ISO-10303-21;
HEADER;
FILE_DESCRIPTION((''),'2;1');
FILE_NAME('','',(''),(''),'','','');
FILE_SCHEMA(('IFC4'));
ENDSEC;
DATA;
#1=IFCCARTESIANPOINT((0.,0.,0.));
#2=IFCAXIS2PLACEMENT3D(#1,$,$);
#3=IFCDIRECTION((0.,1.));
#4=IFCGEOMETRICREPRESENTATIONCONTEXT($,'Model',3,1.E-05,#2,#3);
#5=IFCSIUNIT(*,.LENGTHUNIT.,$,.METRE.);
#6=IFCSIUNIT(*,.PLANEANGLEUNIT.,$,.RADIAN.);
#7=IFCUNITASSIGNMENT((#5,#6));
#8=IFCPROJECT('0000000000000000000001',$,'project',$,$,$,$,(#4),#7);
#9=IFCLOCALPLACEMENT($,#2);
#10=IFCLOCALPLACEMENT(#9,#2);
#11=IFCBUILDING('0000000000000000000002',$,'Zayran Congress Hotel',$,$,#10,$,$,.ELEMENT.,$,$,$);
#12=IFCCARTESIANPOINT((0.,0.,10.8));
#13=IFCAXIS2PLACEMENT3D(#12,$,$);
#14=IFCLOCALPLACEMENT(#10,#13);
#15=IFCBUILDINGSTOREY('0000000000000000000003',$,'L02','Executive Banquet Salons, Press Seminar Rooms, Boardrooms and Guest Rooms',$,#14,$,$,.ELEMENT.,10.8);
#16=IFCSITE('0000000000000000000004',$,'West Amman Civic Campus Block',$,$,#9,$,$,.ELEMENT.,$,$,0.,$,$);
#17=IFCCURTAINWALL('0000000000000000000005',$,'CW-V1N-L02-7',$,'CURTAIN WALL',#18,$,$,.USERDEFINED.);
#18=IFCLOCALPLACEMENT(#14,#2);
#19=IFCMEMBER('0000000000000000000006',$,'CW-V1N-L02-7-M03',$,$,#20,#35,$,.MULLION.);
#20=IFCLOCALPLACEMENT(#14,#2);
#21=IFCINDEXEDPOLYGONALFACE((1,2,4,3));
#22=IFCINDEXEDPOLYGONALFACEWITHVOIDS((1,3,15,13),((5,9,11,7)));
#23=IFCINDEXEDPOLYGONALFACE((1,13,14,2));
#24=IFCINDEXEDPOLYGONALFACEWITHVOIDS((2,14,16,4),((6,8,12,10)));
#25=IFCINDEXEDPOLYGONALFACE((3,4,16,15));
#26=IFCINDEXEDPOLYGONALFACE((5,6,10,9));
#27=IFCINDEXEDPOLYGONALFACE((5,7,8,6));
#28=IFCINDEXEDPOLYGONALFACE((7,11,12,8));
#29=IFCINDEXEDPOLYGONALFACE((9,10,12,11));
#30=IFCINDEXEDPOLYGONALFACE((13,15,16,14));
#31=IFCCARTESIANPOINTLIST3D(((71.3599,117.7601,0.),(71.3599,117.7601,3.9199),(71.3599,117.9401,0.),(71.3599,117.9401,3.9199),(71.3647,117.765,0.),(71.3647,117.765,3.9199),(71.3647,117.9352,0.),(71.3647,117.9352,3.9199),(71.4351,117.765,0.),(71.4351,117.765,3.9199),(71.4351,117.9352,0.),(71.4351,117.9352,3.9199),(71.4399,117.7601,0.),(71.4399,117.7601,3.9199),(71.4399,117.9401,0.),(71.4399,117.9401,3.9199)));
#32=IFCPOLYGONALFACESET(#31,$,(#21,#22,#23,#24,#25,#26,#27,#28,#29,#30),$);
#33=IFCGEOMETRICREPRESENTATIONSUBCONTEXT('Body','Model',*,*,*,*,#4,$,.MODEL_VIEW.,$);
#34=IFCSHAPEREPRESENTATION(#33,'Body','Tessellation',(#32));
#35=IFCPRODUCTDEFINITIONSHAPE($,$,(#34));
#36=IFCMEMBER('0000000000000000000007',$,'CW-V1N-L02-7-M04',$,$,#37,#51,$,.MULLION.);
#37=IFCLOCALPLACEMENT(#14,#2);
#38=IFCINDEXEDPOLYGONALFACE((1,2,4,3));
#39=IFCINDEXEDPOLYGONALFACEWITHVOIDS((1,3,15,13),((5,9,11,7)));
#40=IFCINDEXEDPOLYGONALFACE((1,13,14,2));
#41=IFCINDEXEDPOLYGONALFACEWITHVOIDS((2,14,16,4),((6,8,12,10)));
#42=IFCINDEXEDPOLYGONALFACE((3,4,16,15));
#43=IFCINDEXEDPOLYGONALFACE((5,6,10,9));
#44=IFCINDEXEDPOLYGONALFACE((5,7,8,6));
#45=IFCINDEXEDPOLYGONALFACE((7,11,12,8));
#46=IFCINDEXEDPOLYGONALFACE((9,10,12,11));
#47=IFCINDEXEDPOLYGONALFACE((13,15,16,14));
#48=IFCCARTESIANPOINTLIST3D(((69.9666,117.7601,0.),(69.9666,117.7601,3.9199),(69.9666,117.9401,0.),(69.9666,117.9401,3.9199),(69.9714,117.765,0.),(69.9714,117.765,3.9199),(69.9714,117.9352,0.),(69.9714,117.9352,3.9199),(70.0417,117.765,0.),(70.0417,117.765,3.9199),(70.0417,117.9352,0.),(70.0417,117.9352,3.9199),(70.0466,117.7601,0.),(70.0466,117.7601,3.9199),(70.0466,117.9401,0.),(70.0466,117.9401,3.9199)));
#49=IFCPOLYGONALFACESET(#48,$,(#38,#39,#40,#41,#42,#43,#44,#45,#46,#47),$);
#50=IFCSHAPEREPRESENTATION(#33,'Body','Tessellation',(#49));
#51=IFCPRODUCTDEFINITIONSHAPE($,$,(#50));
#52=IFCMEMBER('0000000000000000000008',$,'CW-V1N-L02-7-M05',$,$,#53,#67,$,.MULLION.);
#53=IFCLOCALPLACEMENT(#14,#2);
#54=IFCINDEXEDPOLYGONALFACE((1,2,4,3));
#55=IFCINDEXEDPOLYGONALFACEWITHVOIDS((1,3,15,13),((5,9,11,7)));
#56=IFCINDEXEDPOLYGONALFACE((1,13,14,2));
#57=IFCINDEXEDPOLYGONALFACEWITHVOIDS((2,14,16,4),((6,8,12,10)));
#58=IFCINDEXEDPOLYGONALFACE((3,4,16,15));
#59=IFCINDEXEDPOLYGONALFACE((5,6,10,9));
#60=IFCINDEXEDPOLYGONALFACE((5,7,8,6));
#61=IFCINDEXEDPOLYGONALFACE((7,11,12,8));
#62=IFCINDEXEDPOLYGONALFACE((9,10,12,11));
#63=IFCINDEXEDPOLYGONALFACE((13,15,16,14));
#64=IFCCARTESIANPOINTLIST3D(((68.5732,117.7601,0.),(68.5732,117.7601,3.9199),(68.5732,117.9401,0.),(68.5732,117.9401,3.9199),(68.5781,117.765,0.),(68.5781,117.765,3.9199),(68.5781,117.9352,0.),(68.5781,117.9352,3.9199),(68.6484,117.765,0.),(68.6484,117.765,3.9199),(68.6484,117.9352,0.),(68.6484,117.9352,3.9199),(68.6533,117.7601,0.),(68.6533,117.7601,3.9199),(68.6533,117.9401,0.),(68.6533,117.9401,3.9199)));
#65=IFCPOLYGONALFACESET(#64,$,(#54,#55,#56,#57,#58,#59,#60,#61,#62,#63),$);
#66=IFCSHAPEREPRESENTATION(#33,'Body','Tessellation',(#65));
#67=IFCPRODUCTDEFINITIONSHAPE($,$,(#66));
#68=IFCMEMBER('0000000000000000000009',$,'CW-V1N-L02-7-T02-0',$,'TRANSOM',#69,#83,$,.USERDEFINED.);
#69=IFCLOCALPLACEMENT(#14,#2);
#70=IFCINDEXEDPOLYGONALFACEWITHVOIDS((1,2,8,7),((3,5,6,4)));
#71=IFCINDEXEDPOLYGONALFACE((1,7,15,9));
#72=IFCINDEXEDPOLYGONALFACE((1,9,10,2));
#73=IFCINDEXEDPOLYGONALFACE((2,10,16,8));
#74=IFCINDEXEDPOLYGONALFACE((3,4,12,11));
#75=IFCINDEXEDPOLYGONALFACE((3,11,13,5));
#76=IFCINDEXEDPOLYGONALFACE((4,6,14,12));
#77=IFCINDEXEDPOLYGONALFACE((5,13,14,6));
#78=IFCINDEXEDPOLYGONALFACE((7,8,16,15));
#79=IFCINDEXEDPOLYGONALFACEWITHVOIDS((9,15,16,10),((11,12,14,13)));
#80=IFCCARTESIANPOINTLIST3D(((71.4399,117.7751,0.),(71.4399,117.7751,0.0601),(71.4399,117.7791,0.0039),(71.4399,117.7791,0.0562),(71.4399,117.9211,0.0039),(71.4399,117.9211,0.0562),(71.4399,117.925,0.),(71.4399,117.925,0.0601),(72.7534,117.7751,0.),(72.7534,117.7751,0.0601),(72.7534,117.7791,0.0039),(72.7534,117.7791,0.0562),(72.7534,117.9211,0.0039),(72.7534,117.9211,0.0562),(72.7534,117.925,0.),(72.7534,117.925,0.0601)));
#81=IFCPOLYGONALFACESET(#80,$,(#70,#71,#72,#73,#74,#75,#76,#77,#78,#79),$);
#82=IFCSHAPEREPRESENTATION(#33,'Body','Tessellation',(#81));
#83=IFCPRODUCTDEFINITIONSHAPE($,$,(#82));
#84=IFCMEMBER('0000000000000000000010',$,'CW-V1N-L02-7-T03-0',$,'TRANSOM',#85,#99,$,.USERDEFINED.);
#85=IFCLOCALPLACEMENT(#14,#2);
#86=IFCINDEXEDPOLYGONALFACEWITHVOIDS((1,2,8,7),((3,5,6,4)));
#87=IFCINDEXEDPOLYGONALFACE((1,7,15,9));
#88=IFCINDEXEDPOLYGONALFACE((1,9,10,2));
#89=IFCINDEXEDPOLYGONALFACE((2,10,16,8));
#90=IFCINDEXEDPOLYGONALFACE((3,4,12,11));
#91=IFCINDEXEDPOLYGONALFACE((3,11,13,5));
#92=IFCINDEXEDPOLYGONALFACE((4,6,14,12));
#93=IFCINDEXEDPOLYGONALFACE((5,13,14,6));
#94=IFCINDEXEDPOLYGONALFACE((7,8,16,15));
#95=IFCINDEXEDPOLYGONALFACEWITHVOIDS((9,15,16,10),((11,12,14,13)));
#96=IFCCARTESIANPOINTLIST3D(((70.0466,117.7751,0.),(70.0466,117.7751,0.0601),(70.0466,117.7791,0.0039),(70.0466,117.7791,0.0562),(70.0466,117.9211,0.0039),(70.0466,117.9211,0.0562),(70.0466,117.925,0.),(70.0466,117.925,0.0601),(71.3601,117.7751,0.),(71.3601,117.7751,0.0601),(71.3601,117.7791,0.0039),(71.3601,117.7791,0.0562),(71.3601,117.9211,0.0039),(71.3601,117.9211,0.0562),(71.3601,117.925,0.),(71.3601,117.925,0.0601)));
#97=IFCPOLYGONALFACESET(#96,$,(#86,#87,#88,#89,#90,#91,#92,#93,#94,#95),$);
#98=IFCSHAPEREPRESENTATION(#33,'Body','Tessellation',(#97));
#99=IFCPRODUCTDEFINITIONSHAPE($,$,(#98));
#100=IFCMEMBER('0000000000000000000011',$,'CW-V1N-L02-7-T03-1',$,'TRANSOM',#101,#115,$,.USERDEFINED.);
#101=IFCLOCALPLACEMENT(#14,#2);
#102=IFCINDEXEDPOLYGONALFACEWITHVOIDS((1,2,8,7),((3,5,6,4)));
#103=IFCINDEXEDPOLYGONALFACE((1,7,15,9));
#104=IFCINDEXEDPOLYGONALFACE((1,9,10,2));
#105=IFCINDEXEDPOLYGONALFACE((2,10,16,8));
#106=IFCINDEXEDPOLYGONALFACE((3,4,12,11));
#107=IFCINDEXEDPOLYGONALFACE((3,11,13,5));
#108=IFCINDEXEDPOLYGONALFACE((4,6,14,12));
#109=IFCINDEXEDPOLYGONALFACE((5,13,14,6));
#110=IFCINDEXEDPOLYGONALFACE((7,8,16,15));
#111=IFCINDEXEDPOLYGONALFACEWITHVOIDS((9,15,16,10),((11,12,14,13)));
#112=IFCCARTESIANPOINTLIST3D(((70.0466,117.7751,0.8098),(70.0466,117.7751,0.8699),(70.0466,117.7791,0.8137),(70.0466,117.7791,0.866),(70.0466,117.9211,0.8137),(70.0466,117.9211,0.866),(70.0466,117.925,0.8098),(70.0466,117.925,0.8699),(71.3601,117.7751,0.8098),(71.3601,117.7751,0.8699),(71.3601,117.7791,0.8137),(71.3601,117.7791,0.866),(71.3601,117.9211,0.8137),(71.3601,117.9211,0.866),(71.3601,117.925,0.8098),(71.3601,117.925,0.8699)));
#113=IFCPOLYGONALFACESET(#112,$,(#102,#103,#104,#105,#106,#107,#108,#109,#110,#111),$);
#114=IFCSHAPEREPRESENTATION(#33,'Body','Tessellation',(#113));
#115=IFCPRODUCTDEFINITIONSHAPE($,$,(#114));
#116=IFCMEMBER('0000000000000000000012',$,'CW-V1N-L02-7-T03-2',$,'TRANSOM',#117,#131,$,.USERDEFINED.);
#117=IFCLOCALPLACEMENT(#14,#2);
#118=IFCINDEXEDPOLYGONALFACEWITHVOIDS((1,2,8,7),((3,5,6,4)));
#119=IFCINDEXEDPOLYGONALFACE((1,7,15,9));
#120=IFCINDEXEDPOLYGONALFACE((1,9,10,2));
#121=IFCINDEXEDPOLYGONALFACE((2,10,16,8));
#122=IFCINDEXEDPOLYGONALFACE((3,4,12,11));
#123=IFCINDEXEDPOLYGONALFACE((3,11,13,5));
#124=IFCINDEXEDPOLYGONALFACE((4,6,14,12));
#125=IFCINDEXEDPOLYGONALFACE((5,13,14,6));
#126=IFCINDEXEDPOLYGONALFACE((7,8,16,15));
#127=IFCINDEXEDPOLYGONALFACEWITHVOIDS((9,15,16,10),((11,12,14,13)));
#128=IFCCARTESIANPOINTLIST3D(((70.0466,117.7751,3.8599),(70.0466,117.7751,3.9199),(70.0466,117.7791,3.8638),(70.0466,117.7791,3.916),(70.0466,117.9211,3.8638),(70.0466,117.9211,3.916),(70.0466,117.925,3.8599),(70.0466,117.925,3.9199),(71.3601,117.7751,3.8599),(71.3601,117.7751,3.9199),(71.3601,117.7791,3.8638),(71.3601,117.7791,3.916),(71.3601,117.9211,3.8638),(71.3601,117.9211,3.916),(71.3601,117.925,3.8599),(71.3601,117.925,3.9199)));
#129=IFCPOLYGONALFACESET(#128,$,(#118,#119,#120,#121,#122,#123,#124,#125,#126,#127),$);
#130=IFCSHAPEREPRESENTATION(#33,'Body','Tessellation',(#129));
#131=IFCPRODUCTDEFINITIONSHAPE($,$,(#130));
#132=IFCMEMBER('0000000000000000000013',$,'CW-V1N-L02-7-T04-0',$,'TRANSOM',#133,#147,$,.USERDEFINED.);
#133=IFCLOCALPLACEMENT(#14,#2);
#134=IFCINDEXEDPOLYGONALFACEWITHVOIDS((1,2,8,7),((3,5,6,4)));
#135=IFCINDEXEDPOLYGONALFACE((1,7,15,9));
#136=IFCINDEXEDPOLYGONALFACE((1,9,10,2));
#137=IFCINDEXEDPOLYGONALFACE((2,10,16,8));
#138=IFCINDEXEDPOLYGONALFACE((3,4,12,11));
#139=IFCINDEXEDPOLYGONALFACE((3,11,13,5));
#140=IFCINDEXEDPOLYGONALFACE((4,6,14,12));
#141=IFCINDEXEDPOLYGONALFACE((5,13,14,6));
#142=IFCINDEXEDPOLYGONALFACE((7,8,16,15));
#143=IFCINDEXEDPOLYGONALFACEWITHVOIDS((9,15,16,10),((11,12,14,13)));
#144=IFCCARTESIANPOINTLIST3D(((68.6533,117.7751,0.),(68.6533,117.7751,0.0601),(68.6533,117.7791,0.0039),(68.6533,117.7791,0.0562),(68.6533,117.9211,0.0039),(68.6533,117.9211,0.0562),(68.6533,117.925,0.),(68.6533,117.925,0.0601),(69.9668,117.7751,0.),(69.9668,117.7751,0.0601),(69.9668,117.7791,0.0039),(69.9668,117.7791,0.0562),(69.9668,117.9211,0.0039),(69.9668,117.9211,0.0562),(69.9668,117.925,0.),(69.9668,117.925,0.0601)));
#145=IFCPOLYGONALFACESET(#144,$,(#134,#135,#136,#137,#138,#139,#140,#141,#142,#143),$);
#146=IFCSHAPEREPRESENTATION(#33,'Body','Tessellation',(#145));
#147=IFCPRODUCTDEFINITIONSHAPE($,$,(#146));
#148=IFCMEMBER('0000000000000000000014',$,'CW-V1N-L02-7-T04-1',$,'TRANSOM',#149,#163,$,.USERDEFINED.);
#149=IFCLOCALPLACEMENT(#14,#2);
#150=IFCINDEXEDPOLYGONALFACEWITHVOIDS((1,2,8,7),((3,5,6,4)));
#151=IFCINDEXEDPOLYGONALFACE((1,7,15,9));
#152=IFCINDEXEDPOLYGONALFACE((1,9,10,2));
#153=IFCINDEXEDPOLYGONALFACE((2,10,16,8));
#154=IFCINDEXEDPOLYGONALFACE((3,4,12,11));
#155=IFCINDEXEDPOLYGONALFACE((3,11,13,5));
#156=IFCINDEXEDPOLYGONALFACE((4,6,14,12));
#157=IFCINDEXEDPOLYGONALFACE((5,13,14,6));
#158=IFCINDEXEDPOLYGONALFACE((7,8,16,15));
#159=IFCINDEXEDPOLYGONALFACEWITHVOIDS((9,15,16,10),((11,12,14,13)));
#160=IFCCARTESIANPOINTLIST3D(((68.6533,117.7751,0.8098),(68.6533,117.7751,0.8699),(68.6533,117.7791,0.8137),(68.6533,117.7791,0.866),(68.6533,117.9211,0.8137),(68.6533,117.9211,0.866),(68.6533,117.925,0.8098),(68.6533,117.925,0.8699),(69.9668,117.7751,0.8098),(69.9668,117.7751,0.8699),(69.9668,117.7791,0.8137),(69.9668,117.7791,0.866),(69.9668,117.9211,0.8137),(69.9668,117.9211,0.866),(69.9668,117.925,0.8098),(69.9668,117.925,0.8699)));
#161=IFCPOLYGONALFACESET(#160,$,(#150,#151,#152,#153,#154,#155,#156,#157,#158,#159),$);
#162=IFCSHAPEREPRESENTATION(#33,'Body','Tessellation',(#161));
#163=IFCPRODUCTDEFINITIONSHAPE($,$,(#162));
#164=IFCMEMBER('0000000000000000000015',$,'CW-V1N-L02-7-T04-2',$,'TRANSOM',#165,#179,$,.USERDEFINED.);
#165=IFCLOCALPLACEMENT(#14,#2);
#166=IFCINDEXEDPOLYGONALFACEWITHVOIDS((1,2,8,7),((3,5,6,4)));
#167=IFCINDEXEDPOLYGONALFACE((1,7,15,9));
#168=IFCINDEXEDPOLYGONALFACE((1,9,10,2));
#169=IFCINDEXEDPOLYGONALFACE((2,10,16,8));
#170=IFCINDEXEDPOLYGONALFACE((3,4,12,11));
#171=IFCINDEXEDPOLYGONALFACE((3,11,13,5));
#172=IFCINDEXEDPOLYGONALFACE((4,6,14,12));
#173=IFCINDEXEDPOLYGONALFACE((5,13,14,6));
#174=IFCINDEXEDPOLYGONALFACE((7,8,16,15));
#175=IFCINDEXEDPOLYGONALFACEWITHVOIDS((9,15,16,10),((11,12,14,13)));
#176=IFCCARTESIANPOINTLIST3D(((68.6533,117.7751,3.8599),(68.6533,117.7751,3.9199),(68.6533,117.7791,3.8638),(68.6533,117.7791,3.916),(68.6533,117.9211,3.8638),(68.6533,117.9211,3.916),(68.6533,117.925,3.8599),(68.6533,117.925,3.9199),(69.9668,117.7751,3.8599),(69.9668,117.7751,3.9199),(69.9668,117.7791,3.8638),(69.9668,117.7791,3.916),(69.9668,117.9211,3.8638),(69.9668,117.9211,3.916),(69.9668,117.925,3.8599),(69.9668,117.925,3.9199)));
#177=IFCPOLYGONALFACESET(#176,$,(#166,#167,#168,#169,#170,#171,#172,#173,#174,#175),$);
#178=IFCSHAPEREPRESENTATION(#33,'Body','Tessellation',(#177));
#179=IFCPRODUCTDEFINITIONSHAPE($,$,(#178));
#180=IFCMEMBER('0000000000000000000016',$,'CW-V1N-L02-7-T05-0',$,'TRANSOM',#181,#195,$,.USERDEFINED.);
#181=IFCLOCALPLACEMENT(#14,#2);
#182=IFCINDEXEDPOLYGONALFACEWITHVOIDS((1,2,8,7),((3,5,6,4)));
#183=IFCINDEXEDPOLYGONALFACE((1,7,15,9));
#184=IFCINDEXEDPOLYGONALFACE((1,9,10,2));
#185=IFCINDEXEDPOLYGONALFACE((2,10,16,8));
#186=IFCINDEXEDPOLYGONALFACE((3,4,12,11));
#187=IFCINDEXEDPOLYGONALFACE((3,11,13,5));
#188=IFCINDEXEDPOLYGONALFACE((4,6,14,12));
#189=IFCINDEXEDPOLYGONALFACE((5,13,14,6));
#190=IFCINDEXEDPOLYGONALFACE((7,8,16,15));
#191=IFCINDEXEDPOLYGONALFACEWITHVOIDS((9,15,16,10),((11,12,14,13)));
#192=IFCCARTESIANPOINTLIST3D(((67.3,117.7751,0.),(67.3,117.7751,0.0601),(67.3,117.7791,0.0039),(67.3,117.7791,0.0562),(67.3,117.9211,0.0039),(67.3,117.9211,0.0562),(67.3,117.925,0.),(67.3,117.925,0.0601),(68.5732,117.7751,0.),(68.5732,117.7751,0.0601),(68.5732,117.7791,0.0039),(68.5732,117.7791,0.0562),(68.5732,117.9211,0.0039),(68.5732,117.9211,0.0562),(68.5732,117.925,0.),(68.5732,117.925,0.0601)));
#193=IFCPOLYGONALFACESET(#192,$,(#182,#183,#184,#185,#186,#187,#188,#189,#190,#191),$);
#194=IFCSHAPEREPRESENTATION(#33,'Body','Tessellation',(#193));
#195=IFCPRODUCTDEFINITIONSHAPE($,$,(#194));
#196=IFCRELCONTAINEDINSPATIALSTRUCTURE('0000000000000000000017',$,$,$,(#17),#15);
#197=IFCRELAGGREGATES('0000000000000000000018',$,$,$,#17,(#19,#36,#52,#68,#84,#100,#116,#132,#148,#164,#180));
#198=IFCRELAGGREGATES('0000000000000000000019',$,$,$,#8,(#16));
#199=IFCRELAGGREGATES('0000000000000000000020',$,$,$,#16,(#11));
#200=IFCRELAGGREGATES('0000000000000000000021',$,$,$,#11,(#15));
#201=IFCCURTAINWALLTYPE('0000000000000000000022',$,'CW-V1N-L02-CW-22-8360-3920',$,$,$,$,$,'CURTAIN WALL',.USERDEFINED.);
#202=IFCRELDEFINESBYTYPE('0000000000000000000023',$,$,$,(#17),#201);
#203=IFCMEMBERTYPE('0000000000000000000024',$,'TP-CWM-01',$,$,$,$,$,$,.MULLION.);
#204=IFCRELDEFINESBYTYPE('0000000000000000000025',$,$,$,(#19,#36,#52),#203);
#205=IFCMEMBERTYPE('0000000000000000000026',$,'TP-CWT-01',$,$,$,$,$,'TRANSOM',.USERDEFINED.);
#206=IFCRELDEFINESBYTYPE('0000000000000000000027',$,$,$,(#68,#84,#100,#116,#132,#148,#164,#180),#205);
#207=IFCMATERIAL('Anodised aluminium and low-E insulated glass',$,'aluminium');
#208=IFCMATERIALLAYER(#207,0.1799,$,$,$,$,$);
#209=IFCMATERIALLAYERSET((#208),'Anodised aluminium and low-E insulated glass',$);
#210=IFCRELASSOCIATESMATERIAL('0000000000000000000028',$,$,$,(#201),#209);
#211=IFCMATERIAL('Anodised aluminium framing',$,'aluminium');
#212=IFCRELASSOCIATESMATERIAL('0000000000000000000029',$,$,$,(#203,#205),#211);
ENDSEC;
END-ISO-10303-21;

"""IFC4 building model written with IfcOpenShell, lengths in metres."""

from ifc_helpers import new_model, si_unit, direction, frame, origin, origin_2d, place, context, subcontext, project, spatial, hollow_rectangle, extrude, material, layer, layer_set, material_profile, profile_set, type_object, element, aggregate, save


model = new_model("IFC4")

# Units and contexts
model_context = context("Model", 3, precision=1e-05, world=origin(), true_north=direction((0.0, 1.0)))
body_context = subcontext(model_context, "Body", "Model", "MODEL_VIEW")
ifc_project = project(units=[si_unit("LENGTHUNIT", "METRE"), si_unit("PLANEANGLEUNIT", "RADIAN")], contexts=[model_context])

# Site, building, storey
site_placement = place(None, origin())
site = spatial("IfcSite", under=ifc_project, at=site_placement, Name="West Amman Civic Campus Block", CompositionType="ELEMENT", RefElevation=0.0)
building_placement = place(site_placement, origin())
building = spatial("IfcBuilding", under=site, at=building_placement, Name="Zayran Congress Hotel", CompositionType="ELEMENT")
storey_placement = place(building_placement, frame((0.0, 0.0, 10.8)))
storey = spatial("IfcBuildingStorey", under=building, at=storey_placement, Name="L02", Description="Executive Banquet Salons, Press Seminar Rooms, Boardrooms and Guest Rooms", CompositionType="ELEMENT", Elevation=10.8)

# Curtain wall, members
ifc_material_1 = material(Name="Anodised aluminium and low-E insulated glass", Category="aluminium")
ifc_layer_1 = layer(ifc_material_1, 0.1799)
ifc_layer_set_1 = layer_set([ifc_layer_1], Name="Anodised aluminium and low-E insulated glass")
curtain_wall_type = type_object("IfcCurtainWallType", Name="CW-V1N-L02-CW-22-8360-3920", ElementType="CURTAIN WALL", PredefinedType="USERDEFINED", material=ifc_layer_set_1)
curtain_wall_placement = place(storey_placement, origin())
curtain_wall = element("IfcCurtainWall", 1, at=curtain_wall_placement, inside=storey, type_object=curtain_wall_type, Name="CW-V1N-L02-7", ObjectType="CURTAIN WALL", PredefinedType="USERDEFINED")
ifc_material_2 = material(Name="Anodised aluminium framing", Category="aluminium")
ifc_material_profile_1 = material_profile(ifc_material_2, hollow_rectangle(XDim=0.0801, YDim=0.1799, WallThickness=0.0049, at=origin_2d()), Name="RHS 180x80x5")
ifc_profile_set_1 = profile_set([ifc_material_profile_1], Name="Anodised aluminium framing")
member_type_1 = type_object("IfcMemberType", Name="TP-CWM-01", PredefinedType="MULLION", material=ifc_profile_set_1)
member_1_placement = place(storey_placement, frame((71.3999, 117.8501, 0.0), z_axis=(0.0, 0.0, 1.0), x_axis=(1.0, 0.0, 0.0)))
member_1 = element("IfcMember", 2, at=member_1_placement, type_object=member_type_1, Name="CW-V1N-L02-7-M03", PredefinedType="MULLION", context=body_context, shape_type="SweptSolid", body=[
    extrude(hollow_rectangle(XDim=0.0801, YDim=0.1799, WallThickness=0.0049, at=origin_2d()), origin(), (0.0, 0.0, 1.0), 3.9199),
])
member_2_placement = place(storey_placement, frame((70.0066, 117.8501, 0.0), z_axis=(0.0, 0.0, 1.0), x_axis=(1.0, 0.0, 0.0)))
member_2 = element("IfcMember", 3, at=member_2_placement, type_object=member_type_1, Name="CW-V1N-L02-7-M04", PredefinedType="MULLION", context=body_context, shape_type="SweptSolid", body=[
    extrude(hollow_rectangle(XDim=0.0801, YDim=0.1799, WallThickness=0.0049, at=origin_2d()), origin(), (0.0, 0.0, 1.0), 3.9199),
])
member_3_placement = place(storey_placement, frame((68.6133, 117.8501, 0.0), z_axis=(0.0, 0.0, 1.0), x_axis=(1.0, 0.0, 0.0)))
member_3 = element("IfcMember", 4, at=member_3_placement, type_object=member_type_1, Name="CW-V1N-L02-7-M05", PredefinedType="MULLION", context=body_context, shape_type="SweptSolid", body=[
    extrude(hollow_rectangle(XDim=0.0801, YDim=0.1799, WallThickness=0.0049, at=origin_2d()), origin(), (0.0, 0.0, 1.0), 3.9199),
])
ifc_material_profile_2 = material_profile(ifc_material_2, hollow_rectangle(XDim=0.0601, YDim=0.1499, WallThickness=0.0039, at=origin_2d()), Name="RHS 150x60x4")
ifc_profile_set_2 = profile_set([ifc_material_profile_2], Name="Anodised aluminium framing")
member_type_2 = type_object("IfcMemberType", Name="TP-CWT-01", ElementType="TRANSOM", PredefinedType="USERDEFINED", material=ifc_profile_set_2)
member_4_placement = place(storey_placement, frame((72.7534, 117.8501, 0.03), z_axis=(-1.0, 0.0, 0.0), x_axis=(0.0, 0.0, 1.0)))
member_4 = element("IfcMember", 5, at=member_4_placement, type_object=member_type_2, Name="CW-V1N-L02-7-T02-0", ObjectType="TRANSOM", PredefinedType="USERDEFINED", context=body_context, shape_type="SweptSolid", body=[
    extrude(hollow_rectangle(XDim=0.0601, YDim=0.1499, WallThickness=0.0039, at=origin_2d()), origin(), (0.0, 0.0, 1.0), 1.3135),
])
member_5_placement = place(storey_placement, frame((71.3601, 117.8501, 0.03), z_axis=(-1.0, 0.0, 0.0), x_axis=(0.0, 0.0, 1.0)))
member_5 = element("IfcMember", 6, at=member_5_placement, type_object=member_type_2, Name="CW-V1N-L02-7-T03-0", ObjectType="TRANSOM", PredefinedType="USERDEFINED", context=body_context, shape_type="SweptSolid", body=[
    extrude(hollow_rectangle(XDim=0.0601, YDim=0.1499, WallThickness=0.0039, at=origin_2d()), origin(), (0.0, 0.0, 1.0), 1.3135),
])
member_6_placement = place(storey_placement, frame((71.3601, 117.8501, 0.8398), z_axis=(-1.0, 0.0, 0.0), x_axis=(0.0, 0.0, 1.0)))
member_6 = element("IfcMember", 7, at=member_6_placement, type_object=member_type_2, Name="CW-V1N-L02-7-T03-1", ObjectType="TRANSOM", PredefinedType="USERDEFINED", context=body_context, shape_type="SweptSolid", body=[
    extrude(hollow_rectangle(XDim=0.0601, YDim=0.1499, WallThickness=0.0039, at=origin_2d()), origin(), (0.0, 0.0, 1.0), 1.3135),
])
member_7_placement = place(storey_placement, frame((71.3601, 117.8501, 3.8899), z_axis=(-1.0, 0.0, 0.0), x_axis=(0.0, 0.0, 1.0)))
member_7 = element("IfcMember", 8, at=member_7_placement, type_object=member_type_2, Name="CW-V1N-L02-7-T03-2", ObjectType="TRANSOM", PredefinedType="USERDEFINED", context=body_context, shape_type="SweptSolid", body=[
    extrude(hollow_rectangle(XDim=0.0601, YDim=0.1499, WallThickness=0.0039, at=origin_2d()), origin(), (0.0, 0.0, 1.0), 1.3135),
])
member_8_placement = place(storey_placement, frame((69.9668, 117.8501, 0.03), z_axis=(-1.0, 0.0, 0.0), x_axis=(0.0, 0.0, 1.0)))
member_8 = element("IfcMember", 9, at=member_8_placement, type_object=member_type_2, Name="CW-V1N-L02-7-T04-0", ObjectType="TRANSOM", PredefinedType="USERDEFINED", context=body_context, shape_type="SweptSolid", body=[
    extrude(hollow_rectangle(XDim=0.0601, YDim=0.1499, WallThickness=0.0039, at=origin_2d()), origin(), (0.0, 0.0, 1.0), 1.3135),
])
member_9_placement = place(storey_placement, frame((69.9668, 117.8501, 0.8398), z_axis=(-1.0, 0.0, 0.0), x_axis=(0.0, 0.0, 1.0)))
member_9 = element("IfcMember", 10, at=member_9_placement, type_object=member_type_2, Name="CW-V1N-L02-7-T04-1", ObjectType="TRANSOM", PredefinedType="USERDEFINED", context=body_context, shape_type="SweptSolid", body=[
    extrude(hollow_rectangle(XDim=0.0601, YDim=0.1499, WallThickness=0.0039, at=origin_2d()), origin(), (0.0, 0.0, 1.0), 1.3135),
])
member_10_placement = place(storey_placement, frame((69.9668, 117.8501, 3.8899), z_axis=(-1.0, 0.0, 0.0), x_axis=(0.0, 0.0, 1.0)))
member_10 = element("IfcMember", 11, at=member_10_placement, type_object=member_type_2, Name="CW-V1N-L02-7-T04-2", ObjectType="TRANSOM", PredefinedType="USERDEFINED", context=body_context, shape_type="SweptSolid", body=[
    extrude(hollow_rectangle(XDim=0.0601, YDim=0.1499, WallThickness=0.0039, at=origin_2d()), origin(), (0.0, 0.0, 1.0), 1.3135),
])
member_11_placement = place(storey_placement, frame((68.5732, 117.8501, 0.03), z_axis=(-1.0, 0.0, 0.0), x_axis=(0.0, 0.0, 1.0)))
member_11 = element("IfcMember", 12, at=member_11_placement, type_object=member_type_2, Name="CW-V1N-L02-7-T05-0", ObjectType="TRANSOM", PredefinedType="USERDEFINED", context=body_context, shape_type="SweptSolid", body=[
    extrude(hollow_rectangle(XDim=0.0601, YDim=0.1499, WallThickness=0.0039, at=origin_2d()), origin(), (0.0, 0.0, 1.0), 1.2732),
])
aggregate(curtain_wall, [member_1, member_2, member_3, member_4, member_5, member_6, member_7, member_8, member_9, member_10, member_11])

save(model, "model.ifc")
